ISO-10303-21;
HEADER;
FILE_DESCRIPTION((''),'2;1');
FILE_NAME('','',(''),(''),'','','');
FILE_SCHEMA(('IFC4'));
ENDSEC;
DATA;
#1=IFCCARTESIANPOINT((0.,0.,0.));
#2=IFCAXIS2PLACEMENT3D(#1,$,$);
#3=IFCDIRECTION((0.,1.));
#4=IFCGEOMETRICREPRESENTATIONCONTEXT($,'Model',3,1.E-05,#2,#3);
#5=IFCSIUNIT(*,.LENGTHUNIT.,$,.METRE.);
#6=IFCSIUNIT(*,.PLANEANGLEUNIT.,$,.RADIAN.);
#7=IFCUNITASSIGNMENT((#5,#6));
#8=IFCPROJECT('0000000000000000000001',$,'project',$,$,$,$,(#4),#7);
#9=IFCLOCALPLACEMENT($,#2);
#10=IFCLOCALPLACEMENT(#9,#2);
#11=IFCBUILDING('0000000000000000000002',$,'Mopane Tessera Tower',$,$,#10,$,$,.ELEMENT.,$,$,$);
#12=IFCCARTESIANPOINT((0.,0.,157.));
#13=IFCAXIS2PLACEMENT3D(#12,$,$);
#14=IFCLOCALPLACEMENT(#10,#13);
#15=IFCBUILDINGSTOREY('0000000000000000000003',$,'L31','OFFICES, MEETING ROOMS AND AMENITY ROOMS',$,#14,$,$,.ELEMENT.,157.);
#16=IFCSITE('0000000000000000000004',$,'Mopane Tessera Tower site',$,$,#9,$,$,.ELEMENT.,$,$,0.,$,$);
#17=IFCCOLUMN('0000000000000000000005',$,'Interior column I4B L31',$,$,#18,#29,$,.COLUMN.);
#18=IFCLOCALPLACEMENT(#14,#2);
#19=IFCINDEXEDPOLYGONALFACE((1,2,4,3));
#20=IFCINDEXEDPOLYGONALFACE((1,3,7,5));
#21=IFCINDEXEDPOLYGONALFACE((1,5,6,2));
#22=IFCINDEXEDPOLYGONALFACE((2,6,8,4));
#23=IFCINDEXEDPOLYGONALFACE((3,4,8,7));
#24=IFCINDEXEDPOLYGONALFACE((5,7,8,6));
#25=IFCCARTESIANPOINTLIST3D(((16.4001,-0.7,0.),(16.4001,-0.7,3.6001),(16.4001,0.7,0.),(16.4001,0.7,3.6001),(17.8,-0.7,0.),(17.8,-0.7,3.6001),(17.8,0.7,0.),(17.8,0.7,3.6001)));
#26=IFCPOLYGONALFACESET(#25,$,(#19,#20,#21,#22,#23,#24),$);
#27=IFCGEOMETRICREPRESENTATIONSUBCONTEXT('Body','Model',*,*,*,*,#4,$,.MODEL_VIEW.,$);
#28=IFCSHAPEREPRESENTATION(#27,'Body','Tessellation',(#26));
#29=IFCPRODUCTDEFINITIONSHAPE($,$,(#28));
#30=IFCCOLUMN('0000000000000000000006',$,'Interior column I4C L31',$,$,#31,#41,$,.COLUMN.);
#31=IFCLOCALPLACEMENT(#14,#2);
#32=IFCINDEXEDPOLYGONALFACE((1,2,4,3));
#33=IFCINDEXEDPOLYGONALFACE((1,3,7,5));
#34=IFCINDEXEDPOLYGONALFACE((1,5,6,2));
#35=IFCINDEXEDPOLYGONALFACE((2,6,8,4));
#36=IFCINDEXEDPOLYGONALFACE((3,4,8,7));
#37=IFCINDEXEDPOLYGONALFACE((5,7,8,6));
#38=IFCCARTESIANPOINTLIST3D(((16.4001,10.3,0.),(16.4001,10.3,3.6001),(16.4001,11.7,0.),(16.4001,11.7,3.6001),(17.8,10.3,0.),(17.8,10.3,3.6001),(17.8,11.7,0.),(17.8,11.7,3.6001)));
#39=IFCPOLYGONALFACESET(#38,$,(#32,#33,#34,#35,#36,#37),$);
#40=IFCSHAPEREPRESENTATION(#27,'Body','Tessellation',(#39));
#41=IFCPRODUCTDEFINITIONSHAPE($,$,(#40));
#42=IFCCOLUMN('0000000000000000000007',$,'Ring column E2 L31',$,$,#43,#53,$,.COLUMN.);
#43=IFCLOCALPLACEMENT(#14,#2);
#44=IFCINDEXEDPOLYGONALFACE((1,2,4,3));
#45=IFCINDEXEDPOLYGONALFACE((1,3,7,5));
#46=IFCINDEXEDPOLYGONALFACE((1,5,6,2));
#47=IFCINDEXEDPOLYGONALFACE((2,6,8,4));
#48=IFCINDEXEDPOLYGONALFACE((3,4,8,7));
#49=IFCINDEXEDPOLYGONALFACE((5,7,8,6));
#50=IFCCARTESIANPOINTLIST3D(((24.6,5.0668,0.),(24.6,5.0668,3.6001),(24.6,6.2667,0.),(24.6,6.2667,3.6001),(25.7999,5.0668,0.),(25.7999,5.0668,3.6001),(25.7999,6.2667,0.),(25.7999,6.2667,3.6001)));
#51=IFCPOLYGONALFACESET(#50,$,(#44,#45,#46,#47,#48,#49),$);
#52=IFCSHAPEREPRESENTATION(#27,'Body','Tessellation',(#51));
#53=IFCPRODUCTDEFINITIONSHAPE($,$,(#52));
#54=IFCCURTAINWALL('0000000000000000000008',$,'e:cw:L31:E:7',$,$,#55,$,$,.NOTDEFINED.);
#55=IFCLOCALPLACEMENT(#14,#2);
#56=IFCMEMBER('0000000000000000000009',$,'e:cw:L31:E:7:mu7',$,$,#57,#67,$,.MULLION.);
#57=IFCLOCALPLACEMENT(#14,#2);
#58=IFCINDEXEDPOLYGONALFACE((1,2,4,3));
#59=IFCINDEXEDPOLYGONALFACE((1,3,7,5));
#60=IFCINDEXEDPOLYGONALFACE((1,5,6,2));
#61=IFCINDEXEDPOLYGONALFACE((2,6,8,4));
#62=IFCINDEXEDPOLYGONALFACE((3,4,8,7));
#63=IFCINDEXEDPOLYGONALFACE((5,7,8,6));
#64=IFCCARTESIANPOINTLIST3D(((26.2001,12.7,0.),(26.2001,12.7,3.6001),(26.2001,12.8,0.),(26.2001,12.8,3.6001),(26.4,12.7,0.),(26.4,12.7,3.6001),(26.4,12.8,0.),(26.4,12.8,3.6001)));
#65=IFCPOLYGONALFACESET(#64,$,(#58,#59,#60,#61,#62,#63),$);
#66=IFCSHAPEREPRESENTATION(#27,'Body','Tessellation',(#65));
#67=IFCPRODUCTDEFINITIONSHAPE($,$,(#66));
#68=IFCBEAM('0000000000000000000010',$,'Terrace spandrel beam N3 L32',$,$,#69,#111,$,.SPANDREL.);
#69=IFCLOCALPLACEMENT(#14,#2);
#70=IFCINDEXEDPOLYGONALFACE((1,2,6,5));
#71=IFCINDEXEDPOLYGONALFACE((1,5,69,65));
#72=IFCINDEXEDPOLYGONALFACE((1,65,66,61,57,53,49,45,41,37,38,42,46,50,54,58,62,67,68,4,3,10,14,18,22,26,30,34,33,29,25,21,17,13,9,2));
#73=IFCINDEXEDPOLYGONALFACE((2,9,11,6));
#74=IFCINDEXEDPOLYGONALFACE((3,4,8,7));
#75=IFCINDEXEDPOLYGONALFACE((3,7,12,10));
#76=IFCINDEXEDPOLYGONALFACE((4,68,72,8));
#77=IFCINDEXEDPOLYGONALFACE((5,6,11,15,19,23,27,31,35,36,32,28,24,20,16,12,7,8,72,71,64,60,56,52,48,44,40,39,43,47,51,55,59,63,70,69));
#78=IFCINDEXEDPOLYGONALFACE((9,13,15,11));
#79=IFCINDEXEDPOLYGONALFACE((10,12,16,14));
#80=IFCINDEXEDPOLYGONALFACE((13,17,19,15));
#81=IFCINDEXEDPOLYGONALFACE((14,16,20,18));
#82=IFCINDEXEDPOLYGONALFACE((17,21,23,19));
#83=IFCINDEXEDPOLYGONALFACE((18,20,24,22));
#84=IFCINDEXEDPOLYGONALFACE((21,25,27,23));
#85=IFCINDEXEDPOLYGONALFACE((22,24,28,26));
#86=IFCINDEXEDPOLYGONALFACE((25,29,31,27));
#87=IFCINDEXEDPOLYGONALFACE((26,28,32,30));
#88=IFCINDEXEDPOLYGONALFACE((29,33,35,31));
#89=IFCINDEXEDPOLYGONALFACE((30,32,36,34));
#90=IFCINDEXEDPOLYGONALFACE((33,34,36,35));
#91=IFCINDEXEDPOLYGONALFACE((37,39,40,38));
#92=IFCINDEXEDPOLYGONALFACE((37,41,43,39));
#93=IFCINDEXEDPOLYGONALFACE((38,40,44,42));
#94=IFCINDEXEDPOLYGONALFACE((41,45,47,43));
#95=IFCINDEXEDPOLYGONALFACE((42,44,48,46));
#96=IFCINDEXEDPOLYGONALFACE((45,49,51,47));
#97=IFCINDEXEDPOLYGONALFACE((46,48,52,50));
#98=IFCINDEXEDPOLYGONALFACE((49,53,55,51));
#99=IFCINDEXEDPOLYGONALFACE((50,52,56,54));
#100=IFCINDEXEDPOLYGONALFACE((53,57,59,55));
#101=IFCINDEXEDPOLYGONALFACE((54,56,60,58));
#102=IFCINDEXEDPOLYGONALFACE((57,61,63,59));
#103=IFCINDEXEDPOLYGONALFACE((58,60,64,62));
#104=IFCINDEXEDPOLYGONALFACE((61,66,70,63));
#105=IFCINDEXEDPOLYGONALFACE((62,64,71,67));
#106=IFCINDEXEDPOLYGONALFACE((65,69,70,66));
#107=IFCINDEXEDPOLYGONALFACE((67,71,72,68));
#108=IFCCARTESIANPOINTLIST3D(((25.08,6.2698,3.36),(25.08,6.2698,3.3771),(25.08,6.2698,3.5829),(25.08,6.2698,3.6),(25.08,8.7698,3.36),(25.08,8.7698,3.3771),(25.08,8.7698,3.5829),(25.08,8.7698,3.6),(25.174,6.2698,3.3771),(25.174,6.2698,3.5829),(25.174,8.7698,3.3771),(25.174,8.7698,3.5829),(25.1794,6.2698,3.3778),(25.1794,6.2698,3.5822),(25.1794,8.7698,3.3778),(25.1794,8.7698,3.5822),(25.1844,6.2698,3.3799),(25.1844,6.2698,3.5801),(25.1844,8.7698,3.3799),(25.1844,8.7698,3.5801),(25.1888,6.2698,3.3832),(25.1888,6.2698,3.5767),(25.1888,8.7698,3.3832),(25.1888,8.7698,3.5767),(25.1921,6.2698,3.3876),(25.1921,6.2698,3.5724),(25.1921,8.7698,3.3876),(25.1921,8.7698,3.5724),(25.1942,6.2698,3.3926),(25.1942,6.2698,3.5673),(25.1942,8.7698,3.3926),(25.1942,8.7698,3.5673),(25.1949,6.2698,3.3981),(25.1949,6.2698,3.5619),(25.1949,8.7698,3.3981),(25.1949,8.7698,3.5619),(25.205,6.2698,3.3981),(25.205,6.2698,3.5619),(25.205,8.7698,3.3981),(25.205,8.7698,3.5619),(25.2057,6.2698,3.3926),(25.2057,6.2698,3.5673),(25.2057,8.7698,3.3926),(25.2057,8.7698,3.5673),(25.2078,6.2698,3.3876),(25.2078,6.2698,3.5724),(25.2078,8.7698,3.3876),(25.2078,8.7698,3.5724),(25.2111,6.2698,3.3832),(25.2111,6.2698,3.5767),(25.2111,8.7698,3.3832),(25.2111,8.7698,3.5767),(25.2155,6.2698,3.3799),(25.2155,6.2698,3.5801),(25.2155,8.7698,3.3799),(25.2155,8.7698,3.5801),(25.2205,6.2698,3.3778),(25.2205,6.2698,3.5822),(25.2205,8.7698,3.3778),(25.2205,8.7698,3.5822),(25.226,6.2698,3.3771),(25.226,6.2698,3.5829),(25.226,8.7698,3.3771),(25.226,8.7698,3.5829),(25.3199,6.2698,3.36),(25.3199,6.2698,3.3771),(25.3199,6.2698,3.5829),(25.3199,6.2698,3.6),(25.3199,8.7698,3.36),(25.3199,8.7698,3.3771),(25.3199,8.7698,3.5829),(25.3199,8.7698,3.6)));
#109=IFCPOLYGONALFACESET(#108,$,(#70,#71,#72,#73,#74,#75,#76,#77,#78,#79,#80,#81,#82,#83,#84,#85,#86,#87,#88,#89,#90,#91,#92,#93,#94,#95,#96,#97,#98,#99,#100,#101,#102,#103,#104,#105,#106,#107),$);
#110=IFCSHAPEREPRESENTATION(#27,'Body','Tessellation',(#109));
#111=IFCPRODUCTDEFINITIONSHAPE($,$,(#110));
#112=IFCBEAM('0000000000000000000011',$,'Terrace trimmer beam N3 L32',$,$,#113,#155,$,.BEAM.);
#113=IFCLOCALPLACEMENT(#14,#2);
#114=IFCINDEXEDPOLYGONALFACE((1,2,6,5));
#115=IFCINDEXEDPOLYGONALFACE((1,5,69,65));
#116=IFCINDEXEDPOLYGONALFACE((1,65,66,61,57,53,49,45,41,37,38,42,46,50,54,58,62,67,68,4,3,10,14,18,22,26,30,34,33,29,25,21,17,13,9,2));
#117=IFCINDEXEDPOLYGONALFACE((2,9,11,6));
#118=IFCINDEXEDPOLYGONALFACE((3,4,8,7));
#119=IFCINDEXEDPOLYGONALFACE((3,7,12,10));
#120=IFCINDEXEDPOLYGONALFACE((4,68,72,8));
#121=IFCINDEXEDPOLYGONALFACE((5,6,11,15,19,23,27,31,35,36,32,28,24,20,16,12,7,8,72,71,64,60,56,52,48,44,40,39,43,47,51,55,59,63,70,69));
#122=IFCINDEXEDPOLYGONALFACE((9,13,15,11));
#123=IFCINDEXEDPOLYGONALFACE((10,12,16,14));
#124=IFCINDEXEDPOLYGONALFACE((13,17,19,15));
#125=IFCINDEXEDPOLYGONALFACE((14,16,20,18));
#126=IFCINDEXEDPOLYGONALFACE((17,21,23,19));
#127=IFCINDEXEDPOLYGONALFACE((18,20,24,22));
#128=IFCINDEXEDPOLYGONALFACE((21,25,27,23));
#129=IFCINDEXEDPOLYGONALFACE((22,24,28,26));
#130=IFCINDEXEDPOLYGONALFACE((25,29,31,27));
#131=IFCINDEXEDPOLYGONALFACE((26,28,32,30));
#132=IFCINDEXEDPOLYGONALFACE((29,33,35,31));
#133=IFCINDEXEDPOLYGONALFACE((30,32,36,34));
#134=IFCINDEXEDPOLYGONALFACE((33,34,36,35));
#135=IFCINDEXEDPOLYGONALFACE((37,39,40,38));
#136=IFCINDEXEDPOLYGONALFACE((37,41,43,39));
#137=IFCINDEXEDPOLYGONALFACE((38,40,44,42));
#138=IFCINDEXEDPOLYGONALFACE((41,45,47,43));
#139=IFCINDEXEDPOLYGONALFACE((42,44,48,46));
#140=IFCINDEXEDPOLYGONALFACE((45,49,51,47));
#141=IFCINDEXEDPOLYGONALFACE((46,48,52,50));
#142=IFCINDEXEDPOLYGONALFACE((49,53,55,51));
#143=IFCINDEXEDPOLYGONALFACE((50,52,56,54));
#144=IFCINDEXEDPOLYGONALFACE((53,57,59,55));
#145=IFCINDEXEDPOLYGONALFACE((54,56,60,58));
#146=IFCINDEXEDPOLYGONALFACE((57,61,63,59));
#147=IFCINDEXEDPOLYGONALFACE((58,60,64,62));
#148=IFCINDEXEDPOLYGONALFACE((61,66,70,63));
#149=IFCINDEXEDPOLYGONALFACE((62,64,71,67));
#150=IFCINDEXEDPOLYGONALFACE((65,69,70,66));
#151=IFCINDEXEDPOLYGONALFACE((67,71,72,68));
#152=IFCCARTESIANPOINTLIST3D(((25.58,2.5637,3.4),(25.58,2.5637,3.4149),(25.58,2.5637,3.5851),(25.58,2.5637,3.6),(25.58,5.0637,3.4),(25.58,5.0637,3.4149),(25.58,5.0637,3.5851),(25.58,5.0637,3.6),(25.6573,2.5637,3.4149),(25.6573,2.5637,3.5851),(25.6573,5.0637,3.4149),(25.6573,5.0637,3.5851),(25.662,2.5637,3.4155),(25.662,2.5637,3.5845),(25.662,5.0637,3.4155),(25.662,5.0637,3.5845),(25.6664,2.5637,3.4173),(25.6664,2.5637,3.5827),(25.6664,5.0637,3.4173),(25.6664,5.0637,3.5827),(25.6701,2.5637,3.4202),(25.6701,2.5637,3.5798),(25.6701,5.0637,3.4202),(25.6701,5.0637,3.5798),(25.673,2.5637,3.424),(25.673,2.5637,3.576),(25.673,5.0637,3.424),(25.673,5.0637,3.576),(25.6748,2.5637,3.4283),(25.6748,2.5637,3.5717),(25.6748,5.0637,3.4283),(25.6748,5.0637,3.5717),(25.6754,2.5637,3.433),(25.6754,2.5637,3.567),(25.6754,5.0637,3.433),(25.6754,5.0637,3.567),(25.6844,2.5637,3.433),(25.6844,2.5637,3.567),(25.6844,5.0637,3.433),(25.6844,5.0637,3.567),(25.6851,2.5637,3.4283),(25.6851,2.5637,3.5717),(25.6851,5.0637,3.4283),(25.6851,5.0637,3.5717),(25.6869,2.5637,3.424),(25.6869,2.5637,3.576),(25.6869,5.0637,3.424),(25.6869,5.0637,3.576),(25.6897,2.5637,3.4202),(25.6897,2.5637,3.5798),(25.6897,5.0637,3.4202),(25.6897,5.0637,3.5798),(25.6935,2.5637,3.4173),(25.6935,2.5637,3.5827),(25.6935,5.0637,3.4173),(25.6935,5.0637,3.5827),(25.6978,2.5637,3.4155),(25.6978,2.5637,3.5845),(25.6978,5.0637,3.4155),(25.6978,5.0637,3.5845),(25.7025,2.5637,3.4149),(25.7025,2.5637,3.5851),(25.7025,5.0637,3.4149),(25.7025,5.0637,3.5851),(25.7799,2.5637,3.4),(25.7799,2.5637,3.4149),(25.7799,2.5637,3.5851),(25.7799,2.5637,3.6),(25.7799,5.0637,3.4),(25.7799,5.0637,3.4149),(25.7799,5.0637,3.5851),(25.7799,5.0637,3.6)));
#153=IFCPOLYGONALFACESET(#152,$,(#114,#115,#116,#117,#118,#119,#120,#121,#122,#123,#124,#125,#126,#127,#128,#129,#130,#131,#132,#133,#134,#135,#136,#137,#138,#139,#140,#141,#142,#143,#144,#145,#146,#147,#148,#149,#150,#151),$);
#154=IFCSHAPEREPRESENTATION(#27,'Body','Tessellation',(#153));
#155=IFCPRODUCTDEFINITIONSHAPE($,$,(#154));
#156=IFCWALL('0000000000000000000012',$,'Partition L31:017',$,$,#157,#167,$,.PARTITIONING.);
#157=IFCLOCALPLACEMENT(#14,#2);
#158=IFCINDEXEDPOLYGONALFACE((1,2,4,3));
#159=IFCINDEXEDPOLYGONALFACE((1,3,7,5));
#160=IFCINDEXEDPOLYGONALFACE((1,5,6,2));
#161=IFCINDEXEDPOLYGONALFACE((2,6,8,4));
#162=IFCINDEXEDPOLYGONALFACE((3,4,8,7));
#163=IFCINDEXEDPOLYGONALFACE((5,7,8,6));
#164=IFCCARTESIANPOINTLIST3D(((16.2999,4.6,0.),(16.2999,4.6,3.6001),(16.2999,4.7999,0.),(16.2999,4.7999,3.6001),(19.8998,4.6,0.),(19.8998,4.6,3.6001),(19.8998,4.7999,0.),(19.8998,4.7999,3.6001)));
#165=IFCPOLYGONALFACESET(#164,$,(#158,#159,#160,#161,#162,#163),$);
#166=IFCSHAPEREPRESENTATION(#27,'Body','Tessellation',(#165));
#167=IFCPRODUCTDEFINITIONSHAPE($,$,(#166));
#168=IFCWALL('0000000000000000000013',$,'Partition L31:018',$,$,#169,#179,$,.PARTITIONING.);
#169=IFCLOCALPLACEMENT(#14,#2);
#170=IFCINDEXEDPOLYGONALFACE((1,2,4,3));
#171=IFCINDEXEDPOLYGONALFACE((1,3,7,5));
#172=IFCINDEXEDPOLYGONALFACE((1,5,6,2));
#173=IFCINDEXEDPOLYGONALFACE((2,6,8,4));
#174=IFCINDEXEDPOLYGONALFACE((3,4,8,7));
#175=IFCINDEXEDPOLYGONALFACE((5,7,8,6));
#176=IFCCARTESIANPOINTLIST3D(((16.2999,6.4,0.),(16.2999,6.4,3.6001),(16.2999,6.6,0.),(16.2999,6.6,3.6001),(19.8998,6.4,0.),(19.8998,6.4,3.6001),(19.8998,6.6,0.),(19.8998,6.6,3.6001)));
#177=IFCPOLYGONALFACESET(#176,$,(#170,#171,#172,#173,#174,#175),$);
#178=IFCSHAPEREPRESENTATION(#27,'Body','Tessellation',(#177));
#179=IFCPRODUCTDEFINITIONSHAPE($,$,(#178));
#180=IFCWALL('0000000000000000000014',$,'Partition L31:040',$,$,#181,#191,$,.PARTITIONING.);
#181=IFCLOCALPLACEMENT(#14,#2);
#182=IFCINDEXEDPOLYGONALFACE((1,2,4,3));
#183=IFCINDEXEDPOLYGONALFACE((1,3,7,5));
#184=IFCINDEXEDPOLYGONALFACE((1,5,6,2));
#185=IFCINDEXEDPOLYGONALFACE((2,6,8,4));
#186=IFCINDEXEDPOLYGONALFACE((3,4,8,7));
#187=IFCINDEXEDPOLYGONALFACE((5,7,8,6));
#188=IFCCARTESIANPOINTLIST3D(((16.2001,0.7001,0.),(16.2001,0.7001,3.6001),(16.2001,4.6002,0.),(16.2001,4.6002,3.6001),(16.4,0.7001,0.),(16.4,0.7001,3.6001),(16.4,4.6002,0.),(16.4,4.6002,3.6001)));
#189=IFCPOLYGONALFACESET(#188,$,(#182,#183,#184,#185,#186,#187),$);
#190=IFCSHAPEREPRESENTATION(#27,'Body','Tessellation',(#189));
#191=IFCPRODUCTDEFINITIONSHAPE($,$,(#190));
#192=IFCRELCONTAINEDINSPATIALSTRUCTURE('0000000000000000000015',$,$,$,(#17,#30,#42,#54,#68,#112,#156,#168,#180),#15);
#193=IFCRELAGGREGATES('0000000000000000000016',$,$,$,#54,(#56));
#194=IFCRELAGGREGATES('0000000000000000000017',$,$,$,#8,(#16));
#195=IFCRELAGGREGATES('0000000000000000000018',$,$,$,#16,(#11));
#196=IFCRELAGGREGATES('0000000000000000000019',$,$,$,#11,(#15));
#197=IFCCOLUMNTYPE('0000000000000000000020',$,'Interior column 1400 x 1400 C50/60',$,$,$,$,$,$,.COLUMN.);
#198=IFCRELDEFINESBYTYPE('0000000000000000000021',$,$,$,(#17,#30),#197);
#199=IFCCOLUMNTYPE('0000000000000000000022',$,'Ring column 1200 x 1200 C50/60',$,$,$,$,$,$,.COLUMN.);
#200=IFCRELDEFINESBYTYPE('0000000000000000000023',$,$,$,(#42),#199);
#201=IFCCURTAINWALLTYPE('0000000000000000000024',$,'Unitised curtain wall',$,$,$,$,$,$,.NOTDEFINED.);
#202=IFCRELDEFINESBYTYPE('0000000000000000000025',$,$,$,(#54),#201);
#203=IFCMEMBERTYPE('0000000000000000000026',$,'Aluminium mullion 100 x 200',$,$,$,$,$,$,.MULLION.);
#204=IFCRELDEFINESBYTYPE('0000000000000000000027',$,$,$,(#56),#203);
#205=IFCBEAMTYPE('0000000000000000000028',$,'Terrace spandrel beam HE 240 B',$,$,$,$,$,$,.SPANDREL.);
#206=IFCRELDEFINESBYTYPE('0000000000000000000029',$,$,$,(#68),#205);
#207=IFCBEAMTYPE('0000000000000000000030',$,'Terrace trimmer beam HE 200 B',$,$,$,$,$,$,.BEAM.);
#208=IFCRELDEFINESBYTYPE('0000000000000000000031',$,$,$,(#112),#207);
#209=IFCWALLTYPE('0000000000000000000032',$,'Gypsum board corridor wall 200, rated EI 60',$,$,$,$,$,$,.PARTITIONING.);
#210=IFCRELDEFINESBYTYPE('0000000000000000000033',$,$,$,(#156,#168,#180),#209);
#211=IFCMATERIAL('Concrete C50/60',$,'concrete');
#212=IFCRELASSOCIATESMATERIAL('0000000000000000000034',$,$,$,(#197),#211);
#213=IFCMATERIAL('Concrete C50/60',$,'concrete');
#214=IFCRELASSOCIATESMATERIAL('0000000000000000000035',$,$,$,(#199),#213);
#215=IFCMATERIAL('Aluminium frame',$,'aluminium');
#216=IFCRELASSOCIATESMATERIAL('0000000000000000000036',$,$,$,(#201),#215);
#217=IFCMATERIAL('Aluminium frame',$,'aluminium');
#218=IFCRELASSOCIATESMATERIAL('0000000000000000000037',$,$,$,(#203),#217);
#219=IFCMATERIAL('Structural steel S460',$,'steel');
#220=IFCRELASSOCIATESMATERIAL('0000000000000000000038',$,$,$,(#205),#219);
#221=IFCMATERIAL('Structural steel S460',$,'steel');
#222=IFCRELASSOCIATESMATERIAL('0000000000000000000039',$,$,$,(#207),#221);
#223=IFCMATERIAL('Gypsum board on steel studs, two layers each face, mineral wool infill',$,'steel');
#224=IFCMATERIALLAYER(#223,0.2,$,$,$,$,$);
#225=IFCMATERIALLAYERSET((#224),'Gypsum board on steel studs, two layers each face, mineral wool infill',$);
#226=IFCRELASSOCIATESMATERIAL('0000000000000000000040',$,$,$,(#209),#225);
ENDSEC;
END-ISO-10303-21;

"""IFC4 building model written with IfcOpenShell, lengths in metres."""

from ifc_helpers import new_model, si_unit, direction, frame, frame_2d, origin, origin_2d, place, context, subcontext, project, spatial, rectangle, i_section, extrude, material, layer, layer_set, material_profile, profile_set, type_object, element, aggregate, save


model = new_model("IFC4")

# Units and contexts
model_context = context("Model", 3, precision=1e-05, world=origin(), true_north=direction((0.0, 1.0)))
body_context = subcontext(model_context, "Body", "Model", "MODEL_VIEW")
ifc_project = project(units=[si_unit("LENGTHUNIT", "METRE"), si_unit("PLANEANGLEUNIT", "RADIAN")], contexts=[model_context])

# Site, building, storey
site_placement = place(None, origin())
site = spatial("IfcSite", under=ifc_project, at=site_placement, Name="Mopane Tessera Tower site", CompositionType="ELEMENT", RefElevation=0.0)
building_placement = place(site_placement, origin())
building = spatial("IfcBuilding", under=site, at=building_placement, Name="Mopane Tessera Tower", CompositionType="ELEMENT")
storey_placement = place(building_placement, frame((0.0, 0.0, 157.0)))
storey = spatial("IfcBuildingStorey", under=building, at=storey_placement, Name="L31", Description="OFFICES, MEETING ROOMS AND AMENITY ROOMS", CompositionType="ELEMENT", Elevation=157.0)

# Columns
ifc_material_1 = material(Name="Concrete C50/60", Category="concrete")
ifc_material_profile_1 = material_profile(ifc_material_1, rectangle(XDim=1.3999, YDim=1.3999, at=origin_2d()))
ifc_profile_set_1 = profile_set([ifc_material_profile_1], Name="Concrete C50/60")
column_type_1 = type_object("IfcColumnType", Name="Interior column 1400 x 1400 C50/60", PredefinedType="COLUMN", material=ifc_profile_set_1)
for number, where, z_axis, x_axis, name in (
    (1, (17.1001, 0.0, 0.0), (0.0, 0.0, 1.0), (1.0, 0.0, 0.0), "Interior column I4B L31"),
    (2, (17.1001, 11.0, 0.0), (0.0, 0.0, 1.0), (1.0, 0.0, 0.0), "Interior column I4C L31"),
):
    element("IfcColumn", number, at=place(storey_placement, frame(where, z_axis=z_axis, x_axis=x_axis)), inside=storey, type_object=column_type_1, Name=name, PredefinedType="COLUMN", context=body_context, shape_type="SweptSolid", body=[
        extrude(rectangle(XDim=1.3999, YDim=1.3999, at=origin_2d()), origin(), (0.0, 0.0, 1.0), 3.6001),
    ])
ifc_material_2 = material(Name="Concrete C50/60", Category="concrete")
ifc_material_profile_2 = material_profile(ifc_material_2, rectangle(XDim=1.2, YDim=1.2, at=origin_2d()))
ifc_profile_set_2 = profile_set([ifc_material_profile_2], Name="Concrete C50/60")
column_type_2 = type_object("IfcColumnType", Name="Ring column 1200 x 1200 C50/60", PredefinedType="COLUMN", material=ifc_profile_set_2)
column_placement = place(storey_placement, frame((25.2, 5.6667, 0.0), z_axis=(0.0, 0.0, 1.0), x_axis=(1.0, 0.0, 0.0)))
element("IfcColumn", 3, at=column_placement, inside=storey, type_object=column_type_2, Name="Ring column E2 L31", PredefinedType="COLUMN", context=body_context, shape_type="SweptSolid", body=[
    extrude(rectangle(XDim=1.2, YDim=1.2, at=origin_2d()), origin(), (0.0, 0.0, 1.0), 3.6001),
])

# Curtain wall, member
ifc_material_3 = material(Name="Aluminium frame", Category="aluminium")
curtain_wall_type = type_object("IfcCurtainWallType", Name="Unitised curtain wall", PredefinedType="NOTDEFINED", material=ifc_material_3)
curtain_wall_placement = place(storey_placement, origin())
curtain_wall = element("IfcCurtainWall", 4, at=curtain_wall_placement, inside=storey, type_object=curtain_wall_type, Name="e:cw:L31:E:7", PredefinedType="NOTDEFINED")
ifc_material_4 = material(Name="Aluminium frame", Category="aluminium")
ifc_material_profile_3 = material_profile(ifc_material_4, rectangle(XDim=0.1001, YDim=0.2, at=origin_2d()))
ifc_profile_set_3 = profile_set([ifc_material_profile_3], Name="Aluminium frame")
member_type = type_object("IfcMemberType", Name="Aluminium mullion 100 x 200", PredefinedType="MULLION", material=ifc_profile_set_3)
member_placement = place(storey_placement, frame((26.3, 12.75, 0.0), z_axis=(0.0, 0.0, 1.0), x_axis=(0.0, 1.0, 0.0)))
member = element("IfcMember", 5, at=member_placement, type_object=member_type, Name="e:cw:L31:E:7:mu7", PredefinedType="MULLION", context=body_context, shape_type="SweptSolid", body=[
    extrude(rectangle(XDim=0.1001, YDim=0.2, at=origin_2d()), origin(), (0.0, 0.0, 1.0), 3.6001),
])
aggregate(curtain_wall, [member])

# Beams
ifc_material_5 = material(Name="Structural steel S460", Category="steel")
ifc_material_profile_4 = material_profile(ifc_material_5, i_section(OverallWidth=0.24, OverallDepth=0.24, WebThickness=0.01, FlangeThickness=0.0171, FilletRadius=0.021, at=origin_2d()))
ifc_profile_set_4 = profile_set([ifc_material_profile_4], Name="Structural steel S460")
beam_type_1 = type_object("IfcBeamType", Name="Terrace spandrel beam HE 240 B", PredefinedType="SPANDREL", material=ifc_profile_set_4)
beam_1_placement = place(storey_placement, frame((25.2, 6.2698, 3.48), z_axis=(0.0, 1.0, 0.0), x_axis=(-1.0, 0.0, 0.0)))
element("IfcBeam", 6, at=beam_1_placement, inside=storey, type_object=beam_type_1, Name="Terrace spandrel beam N3 L32", PredefinedType="SPANDREL", context=body_context, shape_type="SweptSolid", body=[
    extrude(i_section(OverallWidth=0.24, OverallDepth=0.24, WebThickness=0.01, FlangeThickness=0.0171, FilletRadius=0.021, at=origin_2d()), origin(), (0.0, 0.0, 1.0), 2.5),
])
ifc_material_6 = material(Name="Structural steel S460", Category="steel")
ifc_material_profile_5 = material_profile(ifc_material_6, i_section(OverallWidth=0.2, OverallDepth=0.2, WebThickness=0.009, FlangeThickness=0.0149, FilletRadius=0.0181, at=origin_2d()))
ifc_profile_set_5 = profile_set([ifc_material_profile_5], Name="Structural steel S460")
beam_type_2 = type_object("IfcBeamType", Name="Terrace trimmer beam HE 200 B", PredefinedType="BEAM", material=ifc_profile_set_5)
beam_2_placement = place(storey_placement, frame((25.6799, 5.0637, 3.5), z_axis=(0.0, -1.0, 0.0), x_axis=(1.0, 0.0, 0.0)))
element("IfcBeam", 7, at=beam_2_placement, inside=storey, type_object=beam_type_2, Name="Terrace trimmer beam N3 L32", PredefinedType="BEAM", context=body_context, shape_type="SweptSolid", body=[
    extrude(i_section(OverallWidth=0.2, OverallDepth=0.2, WebThickness=0.009, FlangeThickness=0.0149, FilletRadius=0.0181, at=origin_2d()), origin(), (0.0, 0.0, 1.0), 2.5),
])

# Walls
ifc_material_7 = material(Name="Gypsum board on steel studs, two layers each face, mineral wool infill", Category="steel")
ifc_layer_1 = layer(ifc_material_7, 0.2)
ifc_layer_set_1 = layer_set([ifc_layer_1], Name="Gypsum board on steel studs, two layers each face, mineral wool infill")
wall_type_1 = type_object("IfcWallType", Name="Gypsum board corridor wall 200, rated EI 60", PredefinedType="PARTITIONING", material=ifc_layer_set_1)
for number, where, z_axis, x_axis, name in (
    (8, (16.3, 4.7, 0.0), (0.0, 0.0, 1.0), (1.0, 0.0, 0.0), "Partition L31:017"),
    (9, (16.3, 6.5, 0.0), (0.0, 0.0, 1.0), (1.0, 0.0, 0.0), "Partition L31:018"),
):
    element("IfcWall", number, at=place(storey_placement, frame(where, z_axis=z_axis, x_axis=x_axis)), inside=storey, type_object=wall_type_1, Name=name, PredefinedType="PARTITIONING", context=body_context, shape_type="SweptSolid", body=[
        extrude(rectangle(XDim=3.5999, YDim=0.2, at=frame_2d((1.7998, 0.0))), origin(), (0.0, 0.0, 1.0), 3.6001),
    ])
wall_1_placement = place(storey_placement, frame((16.3, 0.7, 0.0), z_axis=(0.0, 0.0, 1.0), x_axis=(0.0, 1.0, 0.0)))
element("IfcWall", 10, at=wall_1_placement, inside=storey, type_object=wall_type_1, Name="Partition L31:040", PredefinedType="PARTITIONING", context=body_context, shape_type="SweptSolid", body=[
    extrude(rectangle(XDim=3.9001, YDim=0.2, at=frame_2d((1.9502, 0.0))), origin(), (0.0, 0.0, 1.0), 3.6001),
])

save(model, "model.ifc")
